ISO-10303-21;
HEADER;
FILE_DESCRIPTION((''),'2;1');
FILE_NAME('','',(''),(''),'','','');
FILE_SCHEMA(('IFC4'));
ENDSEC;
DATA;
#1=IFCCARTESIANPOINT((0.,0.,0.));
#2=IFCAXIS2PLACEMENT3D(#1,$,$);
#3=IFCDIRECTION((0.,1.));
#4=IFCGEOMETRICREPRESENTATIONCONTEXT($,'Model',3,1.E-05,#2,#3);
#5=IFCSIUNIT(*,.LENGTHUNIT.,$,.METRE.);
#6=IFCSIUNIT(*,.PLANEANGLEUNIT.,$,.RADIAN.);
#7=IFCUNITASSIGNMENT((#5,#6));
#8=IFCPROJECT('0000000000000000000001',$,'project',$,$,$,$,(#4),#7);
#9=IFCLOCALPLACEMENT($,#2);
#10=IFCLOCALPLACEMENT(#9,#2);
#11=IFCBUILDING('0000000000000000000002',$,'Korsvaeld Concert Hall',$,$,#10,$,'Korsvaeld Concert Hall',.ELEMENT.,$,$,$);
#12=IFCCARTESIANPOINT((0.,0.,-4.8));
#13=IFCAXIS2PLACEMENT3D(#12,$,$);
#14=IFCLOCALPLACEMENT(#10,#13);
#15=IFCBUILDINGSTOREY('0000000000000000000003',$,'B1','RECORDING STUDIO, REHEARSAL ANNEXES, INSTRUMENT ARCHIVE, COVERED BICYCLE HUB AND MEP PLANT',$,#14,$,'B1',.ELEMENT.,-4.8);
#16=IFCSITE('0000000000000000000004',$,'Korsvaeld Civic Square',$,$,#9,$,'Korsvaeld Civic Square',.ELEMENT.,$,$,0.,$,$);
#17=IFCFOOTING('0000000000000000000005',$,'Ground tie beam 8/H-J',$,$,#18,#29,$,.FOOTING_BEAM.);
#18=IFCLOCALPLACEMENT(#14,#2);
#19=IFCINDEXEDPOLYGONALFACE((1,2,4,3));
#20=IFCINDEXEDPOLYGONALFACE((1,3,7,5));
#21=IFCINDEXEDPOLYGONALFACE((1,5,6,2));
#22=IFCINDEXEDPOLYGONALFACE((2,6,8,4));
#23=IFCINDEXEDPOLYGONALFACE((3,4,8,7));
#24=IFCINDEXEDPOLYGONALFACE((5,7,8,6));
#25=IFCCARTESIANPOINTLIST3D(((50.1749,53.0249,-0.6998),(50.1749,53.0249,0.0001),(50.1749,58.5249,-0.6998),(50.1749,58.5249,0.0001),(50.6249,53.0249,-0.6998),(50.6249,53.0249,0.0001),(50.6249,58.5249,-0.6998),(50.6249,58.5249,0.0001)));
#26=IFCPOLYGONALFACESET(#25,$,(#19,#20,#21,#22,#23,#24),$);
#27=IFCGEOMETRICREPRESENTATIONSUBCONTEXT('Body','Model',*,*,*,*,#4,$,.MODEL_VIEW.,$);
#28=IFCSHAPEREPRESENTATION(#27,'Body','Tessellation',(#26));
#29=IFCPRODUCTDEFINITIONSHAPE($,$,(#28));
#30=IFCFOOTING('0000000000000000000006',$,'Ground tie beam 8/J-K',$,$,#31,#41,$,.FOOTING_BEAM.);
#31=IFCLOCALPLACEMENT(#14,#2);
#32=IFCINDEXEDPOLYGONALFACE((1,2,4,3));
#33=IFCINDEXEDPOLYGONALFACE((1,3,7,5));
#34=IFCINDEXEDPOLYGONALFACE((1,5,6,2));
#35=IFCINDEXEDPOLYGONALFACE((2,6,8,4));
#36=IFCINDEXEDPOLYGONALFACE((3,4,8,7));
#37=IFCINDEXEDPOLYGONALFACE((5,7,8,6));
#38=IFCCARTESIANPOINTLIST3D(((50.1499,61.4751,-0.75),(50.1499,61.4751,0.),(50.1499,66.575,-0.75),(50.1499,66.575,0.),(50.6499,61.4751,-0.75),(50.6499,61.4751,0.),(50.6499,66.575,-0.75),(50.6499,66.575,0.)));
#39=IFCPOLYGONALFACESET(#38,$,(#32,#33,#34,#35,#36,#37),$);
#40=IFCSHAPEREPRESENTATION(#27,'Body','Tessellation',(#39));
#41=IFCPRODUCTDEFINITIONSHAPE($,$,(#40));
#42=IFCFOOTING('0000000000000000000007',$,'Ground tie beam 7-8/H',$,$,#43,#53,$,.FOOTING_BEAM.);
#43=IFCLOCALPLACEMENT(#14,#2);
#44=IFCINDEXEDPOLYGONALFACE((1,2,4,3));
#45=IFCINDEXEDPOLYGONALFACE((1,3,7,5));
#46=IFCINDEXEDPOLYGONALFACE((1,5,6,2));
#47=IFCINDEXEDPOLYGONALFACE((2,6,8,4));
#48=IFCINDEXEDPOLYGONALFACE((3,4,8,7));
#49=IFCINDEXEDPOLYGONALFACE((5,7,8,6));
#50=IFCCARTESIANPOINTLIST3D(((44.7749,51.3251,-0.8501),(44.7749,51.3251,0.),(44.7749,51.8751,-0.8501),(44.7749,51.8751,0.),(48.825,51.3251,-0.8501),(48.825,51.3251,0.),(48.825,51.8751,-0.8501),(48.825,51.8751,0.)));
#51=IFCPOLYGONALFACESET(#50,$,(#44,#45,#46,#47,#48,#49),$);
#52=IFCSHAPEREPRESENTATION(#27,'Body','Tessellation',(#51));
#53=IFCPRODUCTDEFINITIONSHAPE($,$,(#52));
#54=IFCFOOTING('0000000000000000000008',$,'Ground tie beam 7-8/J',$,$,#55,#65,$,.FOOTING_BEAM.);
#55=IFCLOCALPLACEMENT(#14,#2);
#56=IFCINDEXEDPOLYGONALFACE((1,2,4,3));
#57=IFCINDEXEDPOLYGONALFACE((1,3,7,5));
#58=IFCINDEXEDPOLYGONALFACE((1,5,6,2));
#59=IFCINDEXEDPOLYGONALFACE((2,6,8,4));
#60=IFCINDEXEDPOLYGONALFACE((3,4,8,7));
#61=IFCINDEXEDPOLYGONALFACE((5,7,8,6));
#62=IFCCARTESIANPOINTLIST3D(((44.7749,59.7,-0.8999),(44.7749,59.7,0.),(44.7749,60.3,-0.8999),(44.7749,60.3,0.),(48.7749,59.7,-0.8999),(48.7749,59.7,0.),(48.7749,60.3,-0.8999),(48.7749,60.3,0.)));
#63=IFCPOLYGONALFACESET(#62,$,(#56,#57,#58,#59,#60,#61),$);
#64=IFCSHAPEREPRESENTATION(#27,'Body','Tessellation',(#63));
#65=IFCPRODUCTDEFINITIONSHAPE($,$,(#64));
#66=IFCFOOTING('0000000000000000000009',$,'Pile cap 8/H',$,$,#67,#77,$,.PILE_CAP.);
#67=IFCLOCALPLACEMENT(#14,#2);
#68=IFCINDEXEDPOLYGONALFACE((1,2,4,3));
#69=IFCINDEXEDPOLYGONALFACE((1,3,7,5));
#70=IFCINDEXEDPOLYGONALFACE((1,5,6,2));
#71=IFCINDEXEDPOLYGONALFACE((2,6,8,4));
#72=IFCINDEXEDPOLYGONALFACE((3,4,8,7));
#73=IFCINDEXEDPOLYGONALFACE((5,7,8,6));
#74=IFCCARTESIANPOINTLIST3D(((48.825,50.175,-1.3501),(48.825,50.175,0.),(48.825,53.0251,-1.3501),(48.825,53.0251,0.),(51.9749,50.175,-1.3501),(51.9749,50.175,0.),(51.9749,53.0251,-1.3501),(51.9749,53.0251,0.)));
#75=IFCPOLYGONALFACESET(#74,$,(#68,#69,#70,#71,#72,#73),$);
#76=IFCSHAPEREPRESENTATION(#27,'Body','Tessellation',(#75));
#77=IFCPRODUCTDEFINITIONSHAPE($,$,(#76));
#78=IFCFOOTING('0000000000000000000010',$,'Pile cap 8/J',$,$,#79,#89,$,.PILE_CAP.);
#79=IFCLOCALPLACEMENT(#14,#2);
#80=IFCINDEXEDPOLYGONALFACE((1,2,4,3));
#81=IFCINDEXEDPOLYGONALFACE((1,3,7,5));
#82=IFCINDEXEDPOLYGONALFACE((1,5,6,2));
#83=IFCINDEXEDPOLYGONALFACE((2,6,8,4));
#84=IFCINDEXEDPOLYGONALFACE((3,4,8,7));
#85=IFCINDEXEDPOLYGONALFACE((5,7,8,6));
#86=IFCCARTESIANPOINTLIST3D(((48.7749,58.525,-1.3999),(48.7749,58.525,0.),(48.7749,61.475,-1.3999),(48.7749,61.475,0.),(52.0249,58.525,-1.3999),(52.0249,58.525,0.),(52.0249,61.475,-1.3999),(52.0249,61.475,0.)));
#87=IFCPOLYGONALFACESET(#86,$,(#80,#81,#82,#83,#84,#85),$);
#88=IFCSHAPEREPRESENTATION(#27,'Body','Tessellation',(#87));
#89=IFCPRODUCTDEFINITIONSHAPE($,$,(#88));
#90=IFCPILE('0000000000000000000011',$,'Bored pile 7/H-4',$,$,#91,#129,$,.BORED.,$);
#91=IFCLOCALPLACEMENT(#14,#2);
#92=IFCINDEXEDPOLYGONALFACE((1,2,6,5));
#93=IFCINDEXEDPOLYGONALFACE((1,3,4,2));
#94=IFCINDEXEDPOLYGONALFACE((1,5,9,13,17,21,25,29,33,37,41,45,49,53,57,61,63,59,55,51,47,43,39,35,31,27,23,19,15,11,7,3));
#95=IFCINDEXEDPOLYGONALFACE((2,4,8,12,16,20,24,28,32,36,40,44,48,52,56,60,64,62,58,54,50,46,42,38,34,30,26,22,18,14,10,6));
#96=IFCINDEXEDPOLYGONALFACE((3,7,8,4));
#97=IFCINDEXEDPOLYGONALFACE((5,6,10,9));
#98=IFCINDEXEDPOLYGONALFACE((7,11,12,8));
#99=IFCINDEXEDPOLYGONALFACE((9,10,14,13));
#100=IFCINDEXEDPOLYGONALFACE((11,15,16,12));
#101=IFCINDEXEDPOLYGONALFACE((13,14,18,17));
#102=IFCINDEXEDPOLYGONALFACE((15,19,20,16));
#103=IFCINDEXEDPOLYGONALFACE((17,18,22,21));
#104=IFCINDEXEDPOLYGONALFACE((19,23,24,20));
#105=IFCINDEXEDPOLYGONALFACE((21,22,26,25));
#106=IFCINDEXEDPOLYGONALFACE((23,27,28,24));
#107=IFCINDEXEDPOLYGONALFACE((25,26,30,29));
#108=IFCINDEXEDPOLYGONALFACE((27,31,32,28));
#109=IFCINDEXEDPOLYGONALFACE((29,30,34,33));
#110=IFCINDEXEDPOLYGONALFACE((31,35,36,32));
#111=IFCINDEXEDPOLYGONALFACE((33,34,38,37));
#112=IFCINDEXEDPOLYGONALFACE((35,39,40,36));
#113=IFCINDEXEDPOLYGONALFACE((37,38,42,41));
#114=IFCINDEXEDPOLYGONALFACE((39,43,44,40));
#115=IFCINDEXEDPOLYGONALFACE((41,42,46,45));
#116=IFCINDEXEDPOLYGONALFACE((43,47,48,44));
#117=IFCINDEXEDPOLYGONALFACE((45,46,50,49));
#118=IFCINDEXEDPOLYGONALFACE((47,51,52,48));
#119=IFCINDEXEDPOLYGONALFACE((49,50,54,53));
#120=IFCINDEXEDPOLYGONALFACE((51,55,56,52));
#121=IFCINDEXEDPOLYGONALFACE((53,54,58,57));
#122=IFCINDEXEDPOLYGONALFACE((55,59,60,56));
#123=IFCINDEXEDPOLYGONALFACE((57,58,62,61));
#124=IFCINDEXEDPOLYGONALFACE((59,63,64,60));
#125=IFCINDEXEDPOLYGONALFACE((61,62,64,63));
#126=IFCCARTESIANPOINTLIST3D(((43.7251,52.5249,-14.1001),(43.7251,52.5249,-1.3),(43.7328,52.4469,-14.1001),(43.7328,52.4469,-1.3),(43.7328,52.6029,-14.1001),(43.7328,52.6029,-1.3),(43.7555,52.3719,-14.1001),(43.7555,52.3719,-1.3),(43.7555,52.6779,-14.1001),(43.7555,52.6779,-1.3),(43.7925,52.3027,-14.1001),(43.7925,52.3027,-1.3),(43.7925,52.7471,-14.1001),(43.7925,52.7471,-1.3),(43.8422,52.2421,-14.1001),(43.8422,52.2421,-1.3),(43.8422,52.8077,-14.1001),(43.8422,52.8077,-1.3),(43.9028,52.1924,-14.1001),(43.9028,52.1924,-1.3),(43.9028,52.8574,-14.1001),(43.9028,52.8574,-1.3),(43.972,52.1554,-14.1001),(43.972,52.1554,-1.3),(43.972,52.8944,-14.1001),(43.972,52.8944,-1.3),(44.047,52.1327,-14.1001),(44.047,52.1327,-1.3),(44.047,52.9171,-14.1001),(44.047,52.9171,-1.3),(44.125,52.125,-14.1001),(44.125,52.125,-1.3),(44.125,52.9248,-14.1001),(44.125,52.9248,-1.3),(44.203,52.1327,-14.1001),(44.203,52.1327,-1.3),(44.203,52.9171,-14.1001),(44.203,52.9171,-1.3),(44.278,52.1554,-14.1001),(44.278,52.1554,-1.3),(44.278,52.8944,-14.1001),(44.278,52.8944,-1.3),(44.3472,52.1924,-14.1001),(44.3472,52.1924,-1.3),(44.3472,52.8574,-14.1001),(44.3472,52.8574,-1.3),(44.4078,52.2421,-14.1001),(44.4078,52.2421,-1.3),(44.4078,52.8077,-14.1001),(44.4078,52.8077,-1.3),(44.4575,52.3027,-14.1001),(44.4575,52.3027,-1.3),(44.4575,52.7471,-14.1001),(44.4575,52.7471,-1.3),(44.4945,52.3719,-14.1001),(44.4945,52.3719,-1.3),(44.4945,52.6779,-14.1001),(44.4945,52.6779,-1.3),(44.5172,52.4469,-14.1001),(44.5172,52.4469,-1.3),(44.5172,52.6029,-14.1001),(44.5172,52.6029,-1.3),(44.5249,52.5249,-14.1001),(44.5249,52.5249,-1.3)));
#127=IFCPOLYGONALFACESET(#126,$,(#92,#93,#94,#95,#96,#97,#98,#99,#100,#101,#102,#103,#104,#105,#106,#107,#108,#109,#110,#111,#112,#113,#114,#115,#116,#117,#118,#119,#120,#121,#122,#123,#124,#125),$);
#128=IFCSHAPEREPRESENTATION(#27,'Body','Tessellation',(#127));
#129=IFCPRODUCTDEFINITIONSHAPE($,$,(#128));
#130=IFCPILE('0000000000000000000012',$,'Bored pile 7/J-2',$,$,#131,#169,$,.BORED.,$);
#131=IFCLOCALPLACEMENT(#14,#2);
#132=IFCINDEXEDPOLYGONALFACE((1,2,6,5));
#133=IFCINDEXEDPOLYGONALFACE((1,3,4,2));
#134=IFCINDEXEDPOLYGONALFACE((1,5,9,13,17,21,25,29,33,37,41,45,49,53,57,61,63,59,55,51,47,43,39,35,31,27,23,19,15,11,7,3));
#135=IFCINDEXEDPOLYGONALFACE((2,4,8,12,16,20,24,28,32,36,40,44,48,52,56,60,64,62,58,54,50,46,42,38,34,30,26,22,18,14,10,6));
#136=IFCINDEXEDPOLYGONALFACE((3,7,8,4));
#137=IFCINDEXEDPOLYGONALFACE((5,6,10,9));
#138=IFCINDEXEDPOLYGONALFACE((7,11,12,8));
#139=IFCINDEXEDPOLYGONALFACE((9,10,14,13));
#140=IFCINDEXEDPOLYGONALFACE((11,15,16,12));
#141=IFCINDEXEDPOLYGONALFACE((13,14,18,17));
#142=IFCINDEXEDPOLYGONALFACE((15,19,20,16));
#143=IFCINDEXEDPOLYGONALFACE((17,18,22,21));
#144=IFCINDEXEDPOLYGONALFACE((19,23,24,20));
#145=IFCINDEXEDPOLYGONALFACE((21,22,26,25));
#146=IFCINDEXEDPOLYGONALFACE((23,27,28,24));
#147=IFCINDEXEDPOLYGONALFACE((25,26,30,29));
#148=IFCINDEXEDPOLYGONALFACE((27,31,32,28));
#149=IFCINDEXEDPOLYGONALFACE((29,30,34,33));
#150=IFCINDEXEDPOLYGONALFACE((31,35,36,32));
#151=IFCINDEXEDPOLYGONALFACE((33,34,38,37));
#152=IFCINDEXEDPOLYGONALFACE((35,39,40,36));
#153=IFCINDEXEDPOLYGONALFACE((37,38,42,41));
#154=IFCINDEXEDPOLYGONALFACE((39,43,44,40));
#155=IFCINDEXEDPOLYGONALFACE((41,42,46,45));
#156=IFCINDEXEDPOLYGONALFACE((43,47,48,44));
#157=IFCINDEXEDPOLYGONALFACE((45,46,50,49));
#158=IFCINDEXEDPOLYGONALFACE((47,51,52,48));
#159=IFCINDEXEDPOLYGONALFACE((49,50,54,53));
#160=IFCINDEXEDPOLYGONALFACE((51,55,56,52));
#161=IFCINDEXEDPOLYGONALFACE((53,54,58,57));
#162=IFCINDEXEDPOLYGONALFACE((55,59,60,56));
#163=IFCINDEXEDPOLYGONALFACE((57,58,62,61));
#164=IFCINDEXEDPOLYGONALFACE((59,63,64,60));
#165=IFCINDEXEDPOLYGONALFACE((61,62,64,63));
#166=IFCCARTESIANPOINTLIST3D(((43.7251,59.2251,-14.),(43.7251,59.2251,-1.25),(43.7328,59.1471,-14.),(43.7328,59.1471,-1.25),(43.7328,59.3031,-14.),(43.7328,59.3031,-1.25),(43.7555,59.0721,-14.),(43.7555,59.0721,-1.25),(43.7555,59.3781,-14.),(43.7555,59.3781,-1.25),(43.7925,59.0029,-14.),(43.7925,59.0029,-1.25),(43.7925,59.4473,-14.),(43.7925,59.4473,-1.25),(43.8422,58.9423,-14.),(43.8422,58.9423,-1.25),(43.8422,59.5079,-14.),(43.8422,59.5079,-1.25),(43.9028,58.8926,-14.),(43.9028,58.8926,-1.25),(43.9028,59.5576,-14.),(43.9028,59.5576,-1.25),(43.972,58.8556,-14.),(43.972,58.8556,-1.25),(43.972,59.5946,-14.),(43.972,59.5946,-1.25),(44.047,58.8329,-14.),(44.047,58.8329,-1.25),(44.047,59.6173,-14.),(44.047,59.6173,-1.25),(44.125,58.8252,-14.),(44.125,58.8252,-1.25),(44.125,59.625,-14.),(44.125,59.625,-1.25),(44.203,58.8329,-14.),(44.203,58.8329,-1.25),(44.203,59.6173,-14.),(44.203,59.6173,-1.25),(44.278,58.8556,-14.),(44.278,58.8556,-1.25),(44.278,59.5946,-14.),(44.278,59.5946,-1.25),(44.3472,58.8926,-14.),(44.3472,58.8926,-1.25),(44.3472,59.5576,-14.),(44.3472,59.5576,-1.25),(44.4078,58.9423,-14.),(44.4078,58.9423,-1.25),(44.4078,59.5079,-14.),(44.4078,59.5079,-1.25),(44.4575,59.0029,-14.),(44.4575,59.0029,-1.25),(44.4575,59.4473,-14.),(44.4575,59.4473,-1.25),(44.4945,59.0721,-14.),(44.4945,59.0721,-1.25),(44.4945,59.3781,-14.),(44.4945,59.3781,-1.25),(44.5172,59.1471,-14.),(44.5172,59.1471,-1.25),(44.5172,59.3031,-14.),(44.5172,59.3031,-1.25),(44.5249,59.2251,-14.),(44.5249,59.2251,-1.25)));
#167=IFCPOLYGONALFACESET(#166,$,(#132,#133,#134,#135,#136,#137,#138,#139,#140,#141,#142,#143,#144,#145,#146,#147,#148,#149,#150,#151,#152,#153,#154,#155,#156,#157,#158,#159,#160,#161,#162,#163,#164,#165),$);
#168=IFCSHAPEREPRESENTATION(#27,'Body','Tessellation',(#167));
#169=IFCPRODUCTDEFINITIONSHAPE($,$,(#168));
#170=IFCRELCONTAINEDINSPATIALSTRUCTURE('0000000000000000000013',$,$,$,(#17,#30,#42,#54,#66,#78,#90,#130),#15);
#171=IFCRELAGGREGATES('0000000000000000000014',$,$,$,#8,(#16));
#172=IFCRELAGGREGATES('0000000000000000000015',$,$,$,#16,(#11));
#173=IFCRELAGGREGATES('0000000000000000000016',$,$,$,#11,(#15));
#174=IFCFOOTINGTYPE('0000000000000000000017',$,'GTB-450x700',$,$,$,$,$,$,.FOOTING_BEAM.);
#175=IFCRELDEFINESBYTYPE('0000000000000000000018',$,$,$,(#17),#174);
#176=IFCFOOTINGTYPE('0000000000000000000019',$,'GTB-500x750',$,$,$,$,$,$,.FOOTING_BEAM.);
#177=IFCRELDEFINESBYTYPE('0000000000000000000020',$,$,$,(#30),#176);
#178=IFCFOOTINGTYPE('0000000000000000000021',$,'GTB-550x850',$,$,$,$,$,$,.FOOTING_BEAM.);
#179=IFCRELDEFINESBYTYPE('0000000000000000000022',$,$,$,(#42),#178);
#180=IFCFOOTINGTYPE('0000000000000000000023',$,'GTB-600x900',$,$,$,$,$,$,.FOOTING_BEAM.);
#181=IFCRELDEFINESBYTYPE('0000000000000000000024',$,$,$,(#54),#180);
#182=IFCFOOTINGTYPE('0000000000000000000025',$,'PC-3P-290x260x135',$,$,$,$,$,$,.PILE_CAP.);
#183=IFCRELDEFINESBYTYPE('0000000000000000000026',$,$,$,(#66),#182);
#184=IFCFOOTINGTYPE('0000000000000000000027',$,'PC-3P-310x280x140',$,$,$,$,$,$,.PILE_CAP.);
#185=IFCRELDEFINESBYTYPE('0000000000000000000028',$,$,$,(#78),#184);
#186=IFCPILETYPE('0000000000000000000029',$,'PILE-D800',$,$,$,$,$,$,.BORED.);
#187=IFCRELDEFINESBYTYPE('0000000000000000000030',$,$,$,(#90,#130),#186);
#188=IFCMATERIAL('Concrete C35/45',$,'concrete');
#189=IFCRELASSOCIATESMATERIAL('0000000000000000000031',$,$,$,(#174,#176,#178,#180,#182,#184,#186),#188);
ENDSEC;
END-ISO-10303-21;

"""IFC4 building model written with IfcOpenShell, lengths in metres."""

from ifc_helpers import new_model, si_unit, direction, frame, origin, origin_2d, place, context, subcontext, project, spatial, rectangle, circle, extrude, material, material_profile, profile_set, type_object, element, save


model = new_model("IFC4")

# Units and contexts
model_context = context("Model", 3, precision=1e-05, world=origin(), true_north=direction((0.0, 1.0)))
body_context = subcontext(model_context, "Body", "Model", "MODEL_VIEW")
ifc_project = project(units=[si_unit("LENGTHUNIT", "METRE"), si_unit("PLANEANGLEUNIT", "RADIAN")], contexts=[model_context])

# Site, building, storey
site_placement = place(None, origin())
site = spatial("IfcSite", under=ifc_project, at=site_placement, Name="Korsvaeld Civic Square", LongName="Korsvaeld Civic Square", CompositionType="ELEMENT", RefElevation=0.0)
building_placement = place(site_placement, origin())
building = spatial("IfcBuilding", under=site, at=building_placement, Name="Korsvaeld Concert Hall", LongName="Korsvaeld Concert Hall", CompositionType="ELEMENT")
storey_placement = place(building_placement, frame((0.0, 0.0, -4.8)))
storey = spatial("IfcBuildingStorey", under=building, at=storey_placement, Name="B1", Description="RECORDING STUDIO, REHEARSAL ANNEXES, INSTRUMENT ARCHIVE, COVERED BICYCLE HUB AND MEP PLANT", LongName="B1", CompositionType="ELEMENT", Elevation=-4.8)

# Footings
ifc_material_1 = material(Name="Concrete C35/45", Category="concrete")
ifc_material_profile_1 = material_profile(ifc_material_1, rectangle(XDim=0.45, YDim=0.7, at=origin_2d()), Name="GTB 450x700")
ifc_profile_set_1 = profile_set([ifc_material_profile_1], Name="Concrete C35/45")
footing_type_1 = type_object("IfcFootingType", Name="GTB-450x700", PredefinedType="FOOTING_BEAM", material=ifc_profile_set_1)
footing_1_placement = place(storey_placement, frame((50.3999, 53.0249, -0.3499), z_axis=(0.0, 1.0, 0.0), x_axis=(-1.0, 0.0, 0.0)))
element("IfcFooting", 1, at=footing_1_placement, inside=storey, type_object=footing_type_1, Name="Ground tie beam 8/H-J", PredefinedType="FOOTING_BEAM", context=body_context, shape_type="SweptSolid", body=[
    extrude(rectangle(XDim=0.45, YDim=0.7, at=origin_2d()), origin(), (0.0, 0.0, 1.0), 5.5),
])
ifc_material_profile_2 = material_profile(ifc_material_1, rectangle(XDim=0.5, YDim=0.75, at=origin_2d()), Name="GTB 500x750")
ifc_profile_set_2 = profile_set([ifc_material_profile_2], Name="Concrete C35/45")
footing_type_2 = type_object("IfcFootingType", Name="GTB-500x750", PredefinedType="FOOTING_BEAM", material=ifc_profile_set_2)
footing_2_placement = place(storey_placement, frame((50.3999, 61.4751, -0.375), z_axis=(0.0, 1.0, 0.0), x_axis=(-1.0, 0.0, 0.0)))
element("IfcFooting", 2, at=footing_2_placement, inside=storey, type_object=footing_type_2, Name="Ground tie beam 8/J-K", PredefinedType="FOOTING_BEAM", context=body_context, shape_type="SweptSolid", body=[
    extrude(rectangle(XDim=0.5, YDim=0.75, at=origin_2d()), origin(), (0.0, 0.0, 1.0), 5.0999),
])
ifc_material_profile_3 = material_profile(ifc_material_1, rectangle(XDim=0.55, YDim=0.8501, at=origin_2d()), Name="GTB 550x850")
ifc_profile_set_3 = profile_set([ifc_material_profile_3], Name="Concrete C35/45")
footing_type_3 = type_object("IfcFootingType", Name="GTB-550x850", PredefinedType="FOOTING_BEAM", material=ifc_profile_set_3)
footing_3_placement = place(storey_placement, frame((44.7749, 51.6001, -0.425), z_axis=(1.0, 0.0, 0.0), x_axis=(0.0, 1.0, 0.0)))
element("IfcFooting", 3, at=footing_3_placement, inside=storey, type_object=footing_type_3, Name="Ground tie beam 7-8/H", PredefinedType="FOOTING_BEAM", context=body_context, shape_type="SweptSolid", body=[
    extrude(rectangle(XDim=0.55, YDim=0.8501, at=origin_2d()), origin(), (0.0, 0.0, 1.0), 4.05),
])
ifc_material_profile_4 = material_profile(ifc_material_1, rectangle(XDim=0.6001, YDim=0.8999, at=origin_2d()), Name="GTB 600x900")
ifc_profile_set_4 = profile_set([ifc_material_profile_4], Name="Concrete C35/45")
footing_type_4 = type_object("IfcFootingType", Name="GTB-600x900", PredefinedType="FOOTING_BEAM", material=ifc_profile_set_4)
footing_4_placement = place(storey_placement, frame((44.7749, 60.0, -0.45), z_axis=(1.0, 0.0, 0.0), x_axis=(0.0, 1.0, 0.0)))
element("IfcFooting", 4, at=footing_4_placement, inside=storey, type_object=footing_type_4, Name="Ground tie beam 7-8/J", PredefinedType="FOOTING_BEAM", context=body_context, shape_type="SweptSolid", body=[
    extrude(rectangle(XDim=0.6001, YDim=0.8999, at=origin_2d()), origin(), (0.0, 0.0, 1.0), 4.0),
])
footing_type_5 = type_object("IfcFootingType", Name="PC-3P-290x260x135", PredefinedType="PILE_CAP", material=ifc_material_1)
footing_5_placement = place(storey_placement, frame((50.3999, 51.6001, -1.3501), z_axis=(0.0, 0.0, 1.0), x_axis=(1.0, 0.0, 0.0)))
element("IfcFooting", 5, at=footing_5_placement, inside=storey, type_object=footing_type_5, Name="Pile cap 8/H", PredefinedType="PILE_CAP", context=body_context, shape_type="SweptSolid", body=[
    extrude(rectangle(XDim=3.1499, YDim=2.8501, at=origin_2d()), origin(), (0.0, 0.0, 1.0), 1.3501),
])
footing_type_6 = type_object("IfcFootingType", Name="PC-3P-310x280x140", PredefinedType="PILE_CAP", material=ifc_material_1)
footing_6_placement = place(storey_placement, frame((50.3999, 60.0, -1.3999), z_axis=(0.0, 0.0, 1.0), x_axis=(1.0, 0.0, 0.0)))
element("IfcFooting", 6, at=footing_6_placement, inside=storey, type_object=footing_type_6, Name="Pile cap 8/J", PredefinedType="PILE_CAP", context=body_context, shape_type="SweptSolid", body=[
    extrude(rectangle(XDim=3.25, YDim=2.95, at=origin_2d()), origin(), (0.0, 0.0, 1.0), 1.3999),
])

# Piles
ifc_material_profile_5 = material_profile(ifc_material_1, circle(Radius=0.3999, at=origin_2d()), Name="BORED PILE D800")
ifc_profile_set_5 = profile_set([ifc_material_profile_5], Name="Concrete C35/45")
pile_type_1 = type_object("IfcPileType", Name="PILE-D800", PredefinedType="BORED", material=ifc_profile_set_5)
pile_1_placement = place(storey_placement, frame((44.125, 52.5249, -1.3), z_axis=(0.0, 0.0, -1.0), x_axis=(1.0, 0.0, 0.0)))
element("IfcPile", 7, at=pile_1_placement, inside=storey, type_object=pile_type_1, Name="Bored pile 7/H-4", PredefinedType="BORED", context=body_context, shape_type="SweptSolid", body=[
    extrude(circle(Radius=0.3999, at=origin_2d()), origin(), (0.0, 0.0, 1.0), 12.8),
])
for number, where, z_axis, x_axis, name in (
    (8, (44.125, 59.2251, -1.25), (0.0, 0.0, -1.0), (1.0, 0.0, 0.0), "Bored pile 7/J-2"),
):
    element("IfcPile", number, at=place(storey_placement, frame(where, z_axis=z_axis, x_axis=x_axis)), inside=storey, type_object=pile_type_1, Name=name, PredefinedType="BORED", context=body_context, shape_type="SweptSolid", body=[
        extrude(circle(Radius=0.3999, at=origin_2d()), origin(), (0.0, 0.0, 1.0), 12.75),
    ])

save(model, "model.ifc")
